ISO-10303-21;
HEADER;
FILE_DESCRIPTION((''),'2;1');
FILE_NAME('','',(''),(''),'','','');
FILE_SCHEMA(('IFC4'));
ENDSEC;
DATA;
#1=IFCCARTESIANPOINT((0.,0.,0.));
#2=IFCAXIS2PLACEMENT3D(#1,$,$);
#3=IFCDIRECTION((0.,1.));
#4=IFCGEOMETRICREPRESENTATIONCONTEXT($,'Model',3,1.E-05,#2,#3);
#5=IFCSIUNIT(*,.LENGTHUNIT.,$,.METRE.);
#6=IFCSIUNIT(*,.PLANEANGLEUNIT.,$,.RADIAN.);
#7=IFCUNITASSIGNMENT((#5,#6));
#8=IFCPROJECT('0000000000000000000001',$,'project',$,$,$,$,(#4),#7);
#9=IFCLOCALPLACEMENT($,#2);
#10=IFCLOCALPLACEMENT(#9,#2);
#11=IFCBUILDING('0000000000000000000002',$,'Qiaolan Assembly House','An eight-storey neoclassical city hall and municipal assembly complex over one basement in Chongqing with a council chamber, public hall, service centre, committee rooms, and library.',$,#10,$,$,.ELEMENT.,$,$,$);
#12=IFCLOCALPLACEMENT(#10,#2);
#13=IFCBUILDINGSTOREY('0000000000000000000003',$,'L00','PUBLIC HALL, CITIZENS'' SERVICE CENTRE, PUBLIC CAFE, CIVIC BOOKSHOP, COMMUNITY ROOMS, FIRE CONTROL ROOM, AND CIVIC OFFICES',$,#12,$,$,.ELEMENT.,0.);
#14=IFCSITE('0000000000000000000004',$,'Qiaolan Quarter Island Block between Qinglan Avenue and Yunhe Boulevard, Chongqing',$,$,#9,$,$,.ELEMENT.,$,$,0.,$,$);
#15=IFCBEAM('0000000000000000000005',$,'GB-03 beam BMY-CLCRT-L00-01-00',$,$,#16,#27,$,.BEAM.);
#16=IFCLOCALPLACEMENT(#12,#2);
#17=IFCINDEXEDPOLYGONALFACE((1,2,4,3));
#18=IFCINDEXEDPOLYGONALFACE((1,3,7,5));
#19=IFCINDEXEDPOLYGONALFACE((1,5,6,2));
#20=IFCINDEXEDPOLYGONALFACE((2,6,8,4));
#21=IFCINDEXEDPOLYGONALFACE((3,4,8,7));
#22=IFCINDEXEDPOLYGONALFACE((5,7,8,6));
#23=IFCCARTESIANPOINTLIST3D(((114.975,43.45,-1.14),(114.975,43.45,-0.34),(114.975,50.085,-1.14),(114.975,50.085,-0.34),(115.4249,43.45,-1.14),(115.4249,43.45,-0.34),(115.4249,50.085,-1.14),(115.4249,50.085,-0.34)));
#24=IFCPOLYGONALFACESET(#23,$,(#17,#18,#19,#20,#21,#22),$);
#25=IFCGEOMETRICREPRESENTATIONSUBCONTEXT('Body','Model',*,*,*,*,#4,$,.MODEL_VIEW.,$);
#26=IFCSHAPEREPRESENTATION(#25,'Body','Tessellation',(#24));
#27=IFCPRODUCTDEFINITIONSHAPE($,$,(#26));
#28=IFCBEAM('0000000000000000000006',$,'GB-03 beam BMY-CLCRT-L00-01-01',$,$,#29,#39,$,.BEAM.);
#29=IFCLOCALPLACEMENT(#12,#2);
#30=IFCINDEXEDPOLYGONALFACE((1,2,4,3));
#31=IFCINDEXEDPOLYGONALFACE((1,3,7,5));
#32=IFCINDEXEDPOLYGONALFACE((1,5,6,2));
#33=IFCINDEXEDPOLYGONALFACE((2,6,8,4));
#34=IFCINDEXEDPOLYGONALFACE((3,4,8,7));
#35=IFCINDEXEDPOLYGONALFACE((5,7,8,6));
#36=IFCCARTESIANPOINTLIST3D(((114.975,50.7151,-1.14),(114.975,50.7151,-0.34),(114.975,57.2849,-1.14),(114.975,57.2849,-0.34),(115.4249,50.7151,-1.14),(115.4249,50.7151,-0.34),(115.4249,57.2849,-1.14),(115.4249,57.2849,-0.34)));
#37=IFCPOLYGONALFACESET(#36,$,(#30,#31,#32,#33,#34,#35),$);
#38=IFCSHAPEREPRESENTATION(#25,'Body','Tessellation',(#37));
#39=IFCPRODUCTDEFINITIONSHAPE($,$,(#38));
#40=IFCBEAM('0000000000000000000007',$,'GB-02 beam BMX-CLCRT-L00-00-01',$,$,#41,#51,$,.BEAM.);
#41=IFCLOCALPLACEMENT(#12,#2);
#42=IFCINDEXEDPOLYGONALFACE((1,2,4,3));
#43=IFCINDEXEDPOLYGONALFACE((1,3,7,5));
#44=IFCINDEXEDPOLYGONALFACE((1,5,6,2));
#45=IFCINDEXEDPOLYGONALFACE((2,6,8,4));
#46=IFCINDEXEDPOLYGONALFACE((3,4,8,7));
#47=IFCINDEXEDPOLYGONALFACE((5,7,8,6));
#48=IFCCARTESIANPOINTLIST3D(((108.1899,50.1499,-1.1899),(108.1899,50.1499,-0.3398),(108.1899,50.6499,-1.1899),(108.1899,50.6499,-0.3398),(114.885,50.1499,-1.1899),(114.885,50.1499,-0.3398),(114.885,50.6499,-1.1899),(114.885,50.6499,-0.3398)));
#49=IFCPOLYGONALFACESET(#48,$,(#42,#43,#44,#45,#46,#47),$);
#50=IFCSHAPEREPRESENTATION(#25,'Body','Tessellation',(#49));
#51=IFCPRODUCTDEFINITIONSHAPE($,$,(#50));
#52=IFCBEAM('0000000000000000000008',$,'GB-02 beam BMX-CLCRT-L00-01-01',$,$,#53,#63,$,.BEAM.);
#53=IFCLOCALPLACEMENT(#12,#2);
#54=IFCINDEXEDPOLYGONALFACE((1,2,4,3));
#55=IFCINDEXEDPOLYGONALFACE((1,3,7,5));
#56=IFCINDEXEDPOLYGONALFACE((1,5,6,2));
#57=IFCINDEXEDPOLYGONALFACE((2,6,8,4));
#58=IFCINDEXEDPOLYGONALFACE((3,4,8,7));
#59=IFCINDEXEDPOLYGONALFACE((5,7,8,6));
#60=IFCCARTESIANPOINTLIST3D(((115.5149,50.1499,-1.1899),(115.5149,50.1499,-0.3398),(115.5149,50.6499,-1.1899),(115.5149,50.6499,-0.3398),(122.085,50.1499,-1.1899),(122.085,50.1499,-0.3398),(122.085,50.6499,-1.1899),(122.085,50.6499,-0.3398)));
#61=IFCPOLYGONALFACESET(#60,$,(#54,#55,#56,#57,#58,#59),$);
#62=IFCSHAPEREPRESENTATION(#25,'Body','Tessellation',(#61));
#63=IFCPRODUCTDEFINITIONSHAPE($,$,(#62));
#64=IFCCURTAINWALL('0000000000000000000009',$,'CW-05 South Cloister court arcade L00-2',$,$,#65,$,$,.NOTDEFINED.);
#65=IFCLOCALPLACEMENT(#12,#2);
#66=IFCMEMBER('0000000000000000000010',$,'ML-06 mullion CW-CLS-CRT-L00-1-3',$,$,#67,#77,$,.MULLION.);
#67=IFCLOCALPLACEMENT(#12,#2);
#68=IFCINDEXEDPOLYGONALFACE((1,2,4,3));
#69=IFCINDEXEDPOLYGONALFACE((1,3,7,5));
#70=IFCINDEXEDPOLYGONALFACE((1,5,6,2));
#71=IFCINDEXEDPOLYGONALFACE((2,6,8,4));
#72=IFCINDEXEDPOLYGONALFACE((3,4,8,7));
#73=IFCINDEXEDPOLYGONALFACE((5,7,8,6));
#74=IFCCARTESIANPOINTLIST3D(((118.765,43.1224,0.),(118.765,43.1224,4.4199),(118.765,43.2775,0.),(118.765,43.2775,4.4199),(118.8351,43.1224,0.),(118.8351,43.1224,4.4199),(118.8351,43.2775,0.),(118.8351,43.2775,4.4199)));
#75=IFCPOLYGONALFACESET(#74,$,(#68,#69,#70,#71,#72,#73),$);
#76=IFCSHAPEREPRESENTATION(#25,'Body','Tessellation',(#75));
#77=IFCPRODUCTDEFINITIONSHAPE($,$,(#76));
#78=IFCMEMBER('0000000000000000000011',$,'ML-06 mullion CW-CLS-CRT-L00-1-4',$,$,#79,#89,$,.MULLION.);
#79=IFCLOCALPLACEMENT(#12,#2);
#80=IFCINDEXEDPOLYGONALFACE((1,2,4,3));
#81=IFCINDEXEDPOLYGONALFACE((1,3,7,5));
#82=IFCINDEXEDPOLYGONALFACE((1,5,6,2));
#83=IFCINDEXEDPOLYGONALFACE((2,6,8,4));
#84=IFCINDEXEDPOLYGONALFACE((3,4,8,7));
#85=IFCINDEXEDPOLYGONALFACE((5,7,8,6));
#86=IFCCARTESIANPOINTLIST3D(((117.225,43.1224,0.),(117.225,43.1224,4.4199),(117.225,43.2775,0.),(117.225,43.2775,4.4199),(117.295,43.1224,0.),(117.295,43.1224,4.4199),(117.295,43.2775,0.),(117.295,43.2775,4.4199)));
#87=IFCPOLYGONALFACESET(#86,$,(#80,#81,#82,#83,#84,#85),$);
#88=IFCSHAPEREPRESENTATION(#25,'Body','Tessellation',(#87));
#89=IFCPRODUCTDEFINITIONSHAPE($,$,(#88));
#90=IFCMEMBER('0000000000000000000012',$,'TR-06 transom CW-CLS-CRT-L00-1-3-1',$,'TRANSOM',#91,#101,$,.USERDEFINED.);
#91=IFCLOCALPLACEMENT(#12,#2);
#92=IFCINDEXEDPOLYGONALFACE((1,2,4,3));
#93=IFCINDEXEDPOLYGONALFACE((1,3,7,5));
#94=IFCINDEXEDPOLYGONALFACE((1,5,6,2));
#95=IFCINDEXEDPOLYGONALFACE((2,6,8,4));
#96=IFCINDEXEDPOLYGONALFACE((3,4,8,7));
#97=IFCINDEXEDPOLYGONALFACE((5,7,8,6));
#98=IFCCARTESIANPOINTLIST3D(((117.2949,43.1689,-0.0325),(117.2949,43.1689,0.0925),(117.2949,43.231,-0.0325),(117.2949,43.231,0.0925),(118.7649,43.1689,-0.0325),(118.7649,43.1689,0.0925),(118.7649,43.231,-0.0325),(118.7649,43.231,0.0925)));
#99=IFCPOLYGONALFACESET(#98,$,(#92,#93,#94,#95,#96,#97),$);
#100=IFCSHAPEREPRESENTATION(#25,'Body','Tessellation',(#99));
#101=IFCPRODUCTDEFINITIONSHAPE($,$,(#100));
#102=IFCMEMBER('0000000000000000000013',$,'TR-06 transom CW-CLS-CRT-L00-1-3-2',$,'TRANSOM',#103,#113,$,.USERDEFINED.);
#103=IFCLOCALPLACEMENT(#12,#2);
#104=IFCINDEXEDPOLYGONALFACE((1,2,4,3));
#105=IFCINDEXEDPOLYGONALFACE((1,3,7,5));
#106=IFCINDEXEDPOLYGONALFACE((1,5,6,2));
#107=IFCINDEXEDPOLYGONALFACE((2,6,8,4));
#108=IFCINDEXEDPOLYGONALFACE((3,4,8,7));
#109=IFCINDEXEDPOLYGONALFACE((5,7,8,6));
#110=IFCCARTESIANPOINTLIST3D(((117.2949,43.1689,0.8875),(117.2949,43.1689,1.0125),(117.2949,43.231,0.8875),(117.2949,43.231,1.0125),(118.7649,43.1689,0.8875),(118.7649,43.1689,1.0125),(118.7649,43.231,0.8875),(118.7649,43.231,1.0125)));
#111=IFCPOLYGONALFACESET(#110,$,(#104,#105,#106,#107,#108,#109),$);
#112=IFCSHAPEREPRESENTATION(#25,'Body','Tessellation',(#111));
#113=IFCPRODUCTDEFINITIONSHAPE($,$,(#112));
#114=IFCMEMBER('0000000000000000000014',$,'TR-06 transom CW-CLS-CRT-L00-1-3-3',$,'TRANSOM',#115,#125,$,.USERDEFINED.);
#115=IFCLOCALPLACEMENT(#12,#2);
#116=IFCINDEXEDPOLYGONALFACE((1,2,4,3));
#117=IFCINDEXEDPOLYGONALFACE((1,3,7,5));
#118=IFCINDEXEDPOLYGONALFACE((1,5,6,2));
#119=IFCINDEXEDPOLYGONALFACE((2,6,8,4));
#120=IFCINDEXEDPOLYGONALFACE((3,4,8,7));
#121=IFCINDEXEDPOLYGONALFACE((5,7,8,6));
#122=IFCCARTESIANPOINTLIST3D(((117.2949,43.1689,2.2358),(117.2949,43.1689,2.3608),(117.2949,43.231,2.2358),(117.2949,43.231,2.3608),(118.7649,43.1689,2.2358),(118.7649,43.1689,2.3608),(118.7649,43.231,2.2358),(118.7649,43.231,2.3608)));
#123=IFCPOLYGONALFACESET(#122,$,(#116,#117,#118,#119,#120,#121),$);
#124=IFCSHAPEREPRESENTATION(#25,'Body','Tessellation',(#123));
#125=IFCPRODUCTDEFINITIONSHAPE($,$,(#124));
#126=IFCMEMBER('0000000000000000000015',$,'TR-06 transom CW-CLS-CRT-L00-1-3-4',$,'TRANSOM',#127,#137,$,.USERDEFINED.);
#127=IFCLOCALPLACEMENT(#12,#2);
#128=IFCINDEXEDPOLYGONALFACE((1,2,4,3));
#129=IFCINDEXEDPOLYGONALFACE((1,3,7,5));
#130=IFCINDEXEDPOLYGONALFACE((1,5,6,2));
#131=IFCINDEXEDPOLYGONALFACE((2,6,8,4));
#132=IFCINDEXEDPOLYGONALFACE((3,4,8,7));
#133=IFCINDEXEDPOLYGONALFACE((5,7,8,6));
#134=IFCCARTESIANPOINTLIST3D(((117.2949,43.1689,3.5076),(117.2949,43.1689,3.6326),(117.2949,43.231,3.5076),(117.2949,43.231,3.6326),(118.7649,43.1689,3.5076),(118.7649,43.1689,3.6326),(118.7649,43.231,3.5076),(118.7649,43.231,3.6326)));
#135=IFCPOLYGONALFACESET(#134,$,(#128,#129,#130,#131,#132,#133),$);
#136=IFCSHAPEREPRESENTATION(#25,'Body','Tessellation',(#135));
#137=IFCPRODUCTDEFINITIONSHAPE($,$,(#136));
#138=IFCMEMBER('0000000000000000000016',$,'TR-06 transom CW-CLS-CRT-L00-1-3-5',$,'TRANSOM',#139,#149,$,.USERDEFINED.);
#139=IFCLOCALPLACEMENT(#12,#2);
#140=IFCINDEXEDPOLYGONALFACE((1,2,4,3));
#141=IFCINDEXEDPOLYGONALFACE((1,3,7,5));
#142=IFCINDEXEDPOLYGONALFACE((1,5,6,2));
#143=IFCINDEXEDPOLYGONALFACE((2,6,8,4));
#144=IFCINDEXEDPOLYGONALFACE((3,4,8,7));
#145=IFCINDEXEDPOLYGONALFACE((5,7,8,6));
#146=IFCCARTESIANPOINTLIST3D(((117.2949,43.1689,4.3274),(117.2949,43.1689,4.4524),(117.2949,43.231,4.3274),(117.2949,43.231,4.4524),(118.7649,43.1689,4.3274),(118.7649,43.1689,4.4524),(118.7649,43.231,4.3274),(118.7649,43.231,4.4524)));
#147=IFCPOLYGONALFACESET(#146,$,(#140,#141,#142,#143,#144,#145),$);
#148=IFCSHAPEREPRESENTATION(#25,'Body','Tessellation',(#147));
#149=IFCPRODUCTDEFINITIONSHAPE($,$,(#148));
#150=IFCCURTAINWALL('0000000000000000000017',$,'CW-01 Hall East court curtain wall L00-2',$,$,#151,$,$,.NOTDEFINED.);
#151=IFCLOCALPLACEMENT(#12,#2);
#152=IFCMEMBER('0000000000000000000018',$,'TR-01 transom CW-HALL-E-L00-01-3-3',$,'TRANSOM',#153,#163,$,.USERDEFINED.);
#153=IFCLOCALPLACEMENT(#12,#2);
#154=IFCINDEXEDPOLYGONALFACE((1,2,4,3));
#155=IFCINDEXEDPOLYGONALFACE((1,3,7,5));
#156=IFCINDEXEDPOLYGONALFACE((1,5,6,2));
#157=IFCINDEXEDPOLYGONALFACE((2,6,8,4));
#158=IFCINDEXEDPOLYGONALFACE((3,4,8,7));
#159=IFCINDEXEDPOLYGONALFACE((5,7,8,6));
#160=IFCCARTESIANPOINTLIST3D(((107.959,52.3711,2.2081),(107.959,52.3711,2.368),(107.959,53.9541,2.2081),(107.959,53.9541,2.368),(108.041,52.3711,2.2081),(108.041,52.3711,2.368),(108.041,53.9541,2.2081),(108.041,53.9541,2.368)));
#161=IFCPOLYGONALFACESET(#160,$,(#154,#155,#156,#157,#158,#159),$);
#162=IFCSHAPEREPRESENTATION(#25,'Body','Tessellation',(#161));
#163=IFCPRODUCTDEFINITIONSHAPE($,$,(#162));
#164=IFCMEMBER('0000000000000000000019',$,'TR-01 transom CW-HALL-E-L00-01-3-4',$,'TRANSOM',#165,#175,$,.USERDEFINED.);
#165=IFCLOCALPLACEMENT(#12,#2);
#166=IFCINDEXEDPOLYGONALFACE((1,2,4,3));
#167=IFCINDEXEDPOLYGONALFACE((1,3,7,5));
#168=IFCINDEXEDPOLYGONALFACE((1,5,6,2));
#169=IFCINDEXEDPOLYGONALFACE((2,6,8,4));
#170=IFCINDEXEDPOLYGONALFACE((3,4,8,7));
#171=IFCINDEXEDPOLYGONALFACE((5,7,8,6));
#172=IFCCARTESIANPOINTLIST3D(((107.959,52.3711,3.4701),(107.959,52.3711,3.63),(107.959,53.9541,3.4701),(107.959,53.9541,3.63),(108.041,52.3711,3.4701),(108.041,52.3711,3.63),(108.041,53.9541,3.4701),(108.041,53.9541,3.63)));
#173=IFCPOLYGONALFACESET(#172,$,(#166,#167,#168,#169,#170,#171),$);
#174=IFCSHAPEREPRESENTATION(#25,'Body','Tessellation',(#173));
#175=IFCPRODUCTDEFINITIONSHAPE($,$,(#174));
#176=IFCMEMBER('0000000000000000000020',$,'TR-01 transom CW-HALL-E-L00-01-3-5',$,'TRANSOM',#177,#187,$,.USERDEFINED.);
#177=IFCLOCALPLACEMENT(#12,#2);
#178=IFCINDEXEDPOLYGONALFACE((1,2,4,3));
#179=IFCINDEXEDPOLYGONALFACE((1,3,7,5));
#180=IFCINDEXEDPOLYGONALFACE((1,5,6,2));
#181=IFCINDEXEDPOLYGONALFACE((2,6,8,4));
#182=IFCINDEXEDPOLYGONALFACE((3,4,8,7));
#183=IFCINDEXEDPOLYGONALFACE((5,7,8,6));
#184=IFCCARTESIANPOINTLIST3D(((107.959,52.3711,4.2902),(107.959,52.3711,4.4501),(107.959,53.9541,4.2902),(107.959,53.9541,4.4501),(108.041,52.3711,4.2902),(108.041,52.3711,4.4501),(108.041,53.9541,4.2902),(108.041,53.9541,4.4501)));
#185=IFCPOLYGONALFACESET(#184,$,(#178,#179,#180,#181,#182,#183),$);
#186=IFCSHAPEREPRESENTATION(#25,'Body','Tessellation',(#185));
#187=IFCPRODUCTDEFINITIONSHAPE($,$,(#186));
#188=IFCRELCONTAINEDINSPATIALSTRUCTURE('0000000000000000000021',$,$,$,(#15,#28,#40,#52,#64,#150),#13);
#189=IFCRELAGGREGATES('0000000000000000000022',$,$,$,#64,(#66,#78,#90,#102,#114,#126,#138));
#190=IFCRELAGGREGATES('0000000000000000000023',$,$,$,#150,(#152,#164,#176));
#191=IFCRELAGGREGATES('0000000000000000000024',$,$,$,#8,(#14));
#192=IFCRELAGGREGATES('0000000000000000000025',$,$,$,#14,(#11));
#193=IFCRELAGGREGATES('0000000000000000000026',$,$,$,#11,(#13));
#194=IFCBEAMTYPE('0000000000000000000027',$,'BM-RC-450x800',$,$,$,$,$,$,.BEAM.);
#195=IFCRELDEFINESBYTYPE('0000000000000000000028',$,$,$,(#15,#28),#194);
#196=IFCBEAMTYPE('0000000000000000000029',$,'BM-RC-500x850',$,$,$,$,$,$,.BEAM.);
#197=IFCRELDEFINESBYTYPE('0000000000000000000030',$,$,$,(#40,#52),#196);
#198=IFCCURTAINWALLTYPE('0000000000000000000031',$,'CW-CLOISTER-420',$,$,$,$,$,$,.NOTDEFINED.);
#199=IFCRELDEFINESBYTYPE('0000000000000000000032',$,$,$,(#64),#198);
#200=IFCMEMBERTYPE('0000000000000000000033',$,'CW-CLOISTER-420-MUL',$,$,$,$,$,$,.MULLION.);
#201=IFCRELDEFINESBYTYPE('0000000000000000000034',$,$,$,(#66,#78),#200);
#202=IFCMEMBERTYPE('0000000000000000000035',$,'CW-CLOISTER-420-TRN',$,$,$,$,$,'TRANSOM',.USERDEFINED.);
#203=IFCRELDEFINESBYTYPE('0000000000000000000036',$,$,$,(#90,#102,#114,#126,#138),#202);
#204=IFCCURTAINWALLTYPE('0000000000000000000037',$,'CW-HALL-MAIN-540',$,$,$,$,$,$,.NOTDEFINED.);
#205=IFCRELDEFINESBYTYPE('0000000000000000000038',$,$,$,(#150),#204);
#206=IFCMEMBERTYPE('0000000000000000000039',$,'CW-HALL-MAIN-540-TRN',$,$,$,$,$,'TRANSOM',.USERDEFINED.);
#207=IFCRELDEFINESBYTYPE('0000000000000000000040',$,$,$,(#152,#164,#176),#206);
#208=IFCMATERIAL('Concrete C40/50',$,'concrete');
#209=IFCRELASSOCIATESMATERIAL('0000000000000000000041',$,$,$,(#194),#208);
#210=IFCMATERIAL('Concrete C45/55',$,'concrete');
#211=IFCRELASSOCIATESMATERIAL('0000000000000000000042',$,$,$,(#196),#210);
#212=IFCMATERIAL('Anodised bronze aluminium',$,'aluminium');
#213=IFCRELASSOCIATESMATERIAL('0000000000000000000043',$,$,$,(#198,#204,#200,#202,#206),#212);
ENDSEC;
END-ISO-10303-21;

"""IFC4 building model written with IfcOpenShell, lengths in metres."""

from ifc_helpers import new_model, si_unit, direction, frame, origin, origin_2d, place, context, subcontext, project, spatial, rectangle, extrude, material, material_profile, profile_set, type_object, element, aggregate, save


model = new_model("IFC4")

# Units and contexts
model_context = context("Model", 3, precision=1e-05, world=origin(), true_north=direction((0.0, 1.0)))
body_context = subcontext(model_context, "Body", "Model", "MODEL_VIEW")
ifc_project = project(units=[si_unit("LENGTHUNIT", "METRE"), si_unit("PLANEANGLEUNIT", "RADIAN")], contexts=[model_context])

# Site, building, storey
site_placement = place(None, origin())
site = spatial("IfcSite", under=ifc_project, at=site_placement, Name="Qiaolan Quarter Island Block between Qinglan Avenue and Yunhe Boulevard, Chongqing", CompositionType="ELEMENT", RefElevation=0.0)
building_placement = place(site_placement, origin())
building = spatial("IfcBuilding", under=site, at=building_placement, Name="Qiaolan Assembly House", Description="An eight-storey neoclassical city hall and municipal assembly complex over one basement in Chongqing with a council chamber, public hall, service centre, committee rooms, and library.", CompositionType="ELEMENT")
storey_placement = place(building_placement, origin())
storey = spatial("IfcBuildingStorey", under=building, at=storey_placement, Name="L00", Description="PUBLIC HALL, CITIZENS' SERVICE CENTRE, PUBLIC CAFE, CIVIC BOOKSHOP, COMMUNITY ROOMS, FIRE CONTROL ROOM, AND CIVIC OFFICES", CompositionType="ELEMENT", Elevation=0.0)

# Beams
ifc_material_1 = material(Name="Concrete C40/50", Category="concrete")
ifc_material_profile_1 = material_profile(ifc_material_1, rectangle(XDim=0.45, YDim=0.8, at=origin_2d()), Name="RCB 450x800")
ifc_profile_set_1 = profile_set([ifc_material_profile_1], Name="Concrete C40/50")
beam_type_1 = type_object("IfcBeamType", Name="BM-RC-450x800", PredefinedType="BEAM", material=ifc_profile_set_1)
beam_1_placement = place(storey_placement, frame((115.2, 43.45, -0.74), z_axis=(0.0, 1.0, 0.0), x_axis=(-1.0, 0.0, 0.0)))
element("IfcBeam", 1, at=beam_1_placement, inside=storey, type_object=beam_type_1, Name="GB-03 beam BMY-CLCRT-L00-01-00", PredefinedType="BEAM", context=body_context, shape_type="SweptSolid", body=[
    extrude(rectangle(XDim=0.45, YDim=0.8, at=origin_2d()), origin(), (0.0, 0.0, 1.0), 6.635),
])
beam_2_placement = place(storey_placement, frame((115.2, 50.7151, -0.74), z_axis=(0.0, 1.0, 0.0), x_axis=(-1.0, 0.0, 0.0)))
element("IfcBeam", 2, at=beam_2_placement, inside=storey, type_object=beam_type_1, Name="GB-03 beam BMY-CLCRT-L00-01-01", PredefinedType="BEAM", context=body_context, shape_type="SweptSolid", body=[
    extrude(rectangle(XDim=0.45, YDim=0.8, at=origin_2d()), origin(), (0.0, 0.0, 1.0), 6.5698),
])
ifc_material_2 = material(Name="Concrete C45/55", Category="concrete")
ifc_material_profile_2 = material_profile(ifc_material_2, rectangle(XDim=0.5, YDim=0.8501, at=origin_2d()), Name="RCB 500x850")
ifc_profile_set_2 = profile_set([ifc_material_profile_2], Name="Concrete C45/55")
beam_type_2 = type_object("IfcBeamType", Name="BM-RC-500x850", PredefinedType="BEAM", material=ifc_profile_set_2)
beam_3_placement = place(storey_placement, frame((108.1899, 50.3999, -0.7649), z_axis=(1.0, 0.0, 0.0), x_axis=(0.0, 1.0, 0.0)))
element("IfcBeam", 3, at=beam_3_placement, inside=storey, type_object=beam_type_2, Name="GB-02 beam BMX-CLCRT-L00-00-01", PredefinedType="BEAM", context=body_context, shape_type="SweptSolid", body=[
    extrude(rectangle(XDim=0.5, YDim=0.8501, at=origin_2d()), origin(), (0.0, 0.0, 1.0), 6.6951),
])
beam_4_placement = place(storey_placement, frame((115.5149, 50.3999, -0.7649), z_axis=(1.0, 0.0, 0.0), x_axis=(0.0, 1.0, 0.0)))
element("IfcBeam", 4, at=beam_4_placement, inside=storey, type_object=beam_type_2, Name="GB-02 beam BMX-CLCRT-L00-01-01", PredefinedType="BEAM", context=body_context, shape_type="SweptSolid", body=[
    extrude(rectangle(XDim=0.5, YDim=0.8501, at=origin_2d()), origin(), (0.0, 0.0, 1.0), 6.5701),
])

# Curtain walls, members
ifc_material_3 = material(Name="Anodised bronze aluminium", Category="aluminium")
curtain_wall_type_1 = type_object("IfcCurtainWallType", Name="CW-CLOISTER-420", PredefinedType="NOTDEFINED", material=ifc_material_3)
curtain_wall_1_placement = place(storey_placement, origin())
curtain_wall_1 = element("IfcCurtainWall", 5, at=curtain_wall_1_placement, inside=storey, type_object=curtain_wall_type_1, Name="CW-05 South Cloister court arcade L00-2", PredefinedType="NOTDEFINED")
ifc_material_profile_3 = material_profile(ifc_material_3, rectangle(XDim=0.0701, YDim=0.155, at=origin_2d()), Name="MUL 70x155")
ifc_profile_set_3 = profile_set([ifc_material_profile_3], Name="Anodised bronze aluminium")
member_type_1 = type_object("IfcMemberType", Name="CW-CLOISTER-420-MUL", PredefinedType="MULLION", material=ifc_profile_set_3)
member_1_placement = place(storey_placement, frame((118.8, 43.2, 0.0), z_axis=(0.0, 0.0, 1.0), x_axis=(-1.0, 0.0, 0.0)))
member_1 = element("IfcMember", 6, at=member_1_placement, type_object=member_type_1, Name="ML-06 mullion CW-CLS-CRT-L00-1-3", PredefinedType="MULLION", context=body_context, shape_type="SweptSolid", body=[
    extrude(rectangle(XDim=0.0701, YDim=0.155, at=origin_2d()), origin(), (0.0, 0.0, 1.0), 4.4199),
])
member_2_placement = place(storey_placement, frame((117.26, 43.2, 0.0), z_axis=(0.0, 0.0, 1.0), x_axis=(-1.0, 0.0, 0.0)))
member_2 = element("IfcMember", 7, at=member_2_placement, type_object=member_type_1, Name="ML-06 mullion CW-CLS-CRT-L00-1-4", PredefinedType="MULLION", context=body_context, shape_type="SweptSolid", body=[
    extrude(rectangle(XDim=0.0701, YDim=0.155, at=origin_2d()), origin(), (0.0, 0.0, 1.0), 4.4199),
])
ifc_material_profile_4 = material_profile(ifc_material_3, rectangle(XDim=0.062, YDim=0.125, at=origin_2d()), Name="TRN 62x125")
ifc_profile_set_4 = profile_set([ifc_material_profile_4], Name="Anodised bronze aluminium")
member_type_2 = type_object("IfcMemberType", Name="CW-CLOISTER-420-TRN", ElementType="TRANSOM", PredefinedType="USERDEFINED", material=ifc_profile_set_4)
member_3_placement = place(storey_placement, frame((118.7649, 43.2, 0.03), z_axis=(-1.0, 0.0, 0.0), x_axis=(0.0, -1.0, 0.0)))
member_3 = element("IfcMember", 8, at=member_3_placement, type_object=member_type_2, Name="TR-06 transom CW-CLS-CRT-L00-1-3-1", ObjectType="TRANSOM", PredefinedType="USERDEFINED", context=body_context, shape_type="SweptSolid", body=[
    extrude(rectangle(XDim=0.062, YDim=0.125, at=origin_2d()), origin(), (0.0, 0.0, 1.0), 1.47),
])
member_4_placement = place(storey_placement, frame((118.7649, 43.2, 0.95), z_axis=(-1.0, 0.0, 0.0), x_axis=(0.0, -1.0, 0.0)))
member_4 = element("IfcMember", 9, at=member_4_placement, type_object=member_type_2, Name="TR-06 transom CW-CLS-CRT-L00-1-3-2", ObjectType="TRANSOM", PredefinedType="USERDEFINED", context=body_context, shape_type="SweptSolid", body=[
    extrude(rectangle(XDim=0.062, YDim=0.125, at=origin_2d()), origin(), (0.0, 0.0, 1.0), 1.47),
])
member_5_placement = place(storey_placement, frame((118.7649, 43.2, 2.2983), z_axis=(-1.0, 0.0, 0.0), x_axis=(0.0, -1.0, 0.0)))
member_5 = element("IfcMember", 10, at=member_5_placement, type_object=member_type_2, Name="TR-06 transom CW-CLS-CRT-L00-1-3-3", ObjectType="TRANSOM", PredefinedType="USERDEFINED", context=body_context, shape_type="SweptSolid", body=[
    extrude(rectangle(XDim=0.062, YDim=0.125, at=origin_2d()), origin(), (0.0, 0.0, 1.0), 1.47),
])
member_6_placement = place(storey_placement, frame((118.7649, 43.2, 3.5701), z_axis=(-1.0, 0.0, 0.0), x_axis=(0.0, -1.0, 0.0)))
member_6 = element("IfcMember", 11, at=member_6_placement, type_object=member_type_2, Name="TR-06 transom CW-CLS-CRT-L00-1-3-4", ObjectType="TRANSOM", PredefinedType="USERDEFINED", context=body_context, shape_type="SweptSolid", body=[
    extrude(rectangle(XDim=0.062, YDim=0.125, at=origin_2d()), origin(), (0.0, 0.0, 1.0), 1.47),
])
member_7_placement = place(storey_placement, frame((118.7649, 43.2, 4.3899), z_axis=(-1.0, 0.0, 0.0), x_axis=(0.0, -1.0, 0.0)))
member_7 = element("IfcMember", 12, at=member_7_placement, type_object=member_type_2, Name="TR-06 transom CW-CLS-CRT-L00-1-3-5", ObjectType="TRANSOM", PredefinedType="USERDEFINED", context=body_context, shape_type="SweptSolid", body=[
    extrude(rectangle(XDim=0.062, YDim=0.125, at=origin_2d()), origin(), (0.0, 0.0, 1.0), 1.47),
])
curtain_wall_type_2 = type_object("IfcCurtainWallType", Name="CW-HALL-MAIN-540", PredefinedType="NOTDEFINED", material=ifc_material_3)
curtain_wall_2_placement = place(storey_placement, origin())
curtain_wall_2 = element("IfcCurtainWall", 13, at=curtain_wall_2_placement, inside=storey, type_object=curtain_wall_type_2, Name="CW-01 Hall East court curtain wall L00-2", PredefinedType="NOTDEFINED")
ifc_material_profile_5 = material_profile(ifc_material_3, rectangle(XDim=0.082, YDim=0.1599, at=origin_2d()), Name="TRN 82x160")
ifc_profile_set_5 = profile_set([ifc_material_profile_5], Name="Anodised bronze aluminium")
member_type_3 = type_object("IfcMemberType", Name="CW-HALL-MAIN-540-TRN", ElementType="TRANSOM", PredefinedType="USERDEFINED", material=ifc_profile_set_5)
member_8_placement = place(storey_placement, frame((108.0, 53.9541, 2.2881), z_axis=(0.0, -1.0, 0.0), x_axis=(1.0, 0.0, 0.0)))
member_8 = element("IfcMember", 14, at=member_8_placement, type_object=member_type_3, Name="TR-01 transom CW-HALL-E-L00-01-3-3", ObjectType="TRANSOM", PredefinedType="USERDEFINED", context=body_context, shape_type="SweptSolid", body=[
    extrude(rectangle(XDim=0.082, YDim=0.1599, at=origin_2d()), origin(), (0.0, 0.0, 1.0), 1.583),
])
member_9_placement = place(storey_placement, frame((108.0, 53.9541, 3.55), z_axis=(0.0, -1.0, 0.0), x_axis=(1.0, 0.0, 0.0)))
member_9 = element("IfcMember", 15, at=member_9_placement, type_object=member_type_3, Name="TR-01 transom CW-HALL-E-L00-01-3-4", ObjectType="TRANSOM", PredefinedType="USERDEFINED", context=body_context, shape_type="SweptSolid", body=[
    extrude(rectangle(XDim=0.082, YDim=0.1599, at=origin_2d()), origin(), (0.0, 0.0, 1.0), 1.583),
])
member_10_placement = place(storey_placement, frame((108.0, 53.9541, 4.3701), z_axis=(0.0, -1.0, 0.0), x_axis=(1.0, 0.0, 0.0)))
member_10 = element("IfcMember", 16, at=member_10_placement, type_object=member_type_3, Name="TR-01 transom CW-HALL-E-L00-01-3-5", ObjectType="TRANSOM", PredefinedType="USERDEFINED", context=body_context, shape_type="SweptSolid", body=[
    extrude(rectangle(XDim=0.082, YDim=0.1599, at=origin_2d()), origin(), (0.0, 0.0, 1.0), 1.583),
])

aggregate(curtain_wall_1, [member_1, member_2, member_3, member_4, member_5, member_6, member_7])
aggregate(curtain_wall_2, [member_8, member_9, member_10])

save(model, "model.ifc")
